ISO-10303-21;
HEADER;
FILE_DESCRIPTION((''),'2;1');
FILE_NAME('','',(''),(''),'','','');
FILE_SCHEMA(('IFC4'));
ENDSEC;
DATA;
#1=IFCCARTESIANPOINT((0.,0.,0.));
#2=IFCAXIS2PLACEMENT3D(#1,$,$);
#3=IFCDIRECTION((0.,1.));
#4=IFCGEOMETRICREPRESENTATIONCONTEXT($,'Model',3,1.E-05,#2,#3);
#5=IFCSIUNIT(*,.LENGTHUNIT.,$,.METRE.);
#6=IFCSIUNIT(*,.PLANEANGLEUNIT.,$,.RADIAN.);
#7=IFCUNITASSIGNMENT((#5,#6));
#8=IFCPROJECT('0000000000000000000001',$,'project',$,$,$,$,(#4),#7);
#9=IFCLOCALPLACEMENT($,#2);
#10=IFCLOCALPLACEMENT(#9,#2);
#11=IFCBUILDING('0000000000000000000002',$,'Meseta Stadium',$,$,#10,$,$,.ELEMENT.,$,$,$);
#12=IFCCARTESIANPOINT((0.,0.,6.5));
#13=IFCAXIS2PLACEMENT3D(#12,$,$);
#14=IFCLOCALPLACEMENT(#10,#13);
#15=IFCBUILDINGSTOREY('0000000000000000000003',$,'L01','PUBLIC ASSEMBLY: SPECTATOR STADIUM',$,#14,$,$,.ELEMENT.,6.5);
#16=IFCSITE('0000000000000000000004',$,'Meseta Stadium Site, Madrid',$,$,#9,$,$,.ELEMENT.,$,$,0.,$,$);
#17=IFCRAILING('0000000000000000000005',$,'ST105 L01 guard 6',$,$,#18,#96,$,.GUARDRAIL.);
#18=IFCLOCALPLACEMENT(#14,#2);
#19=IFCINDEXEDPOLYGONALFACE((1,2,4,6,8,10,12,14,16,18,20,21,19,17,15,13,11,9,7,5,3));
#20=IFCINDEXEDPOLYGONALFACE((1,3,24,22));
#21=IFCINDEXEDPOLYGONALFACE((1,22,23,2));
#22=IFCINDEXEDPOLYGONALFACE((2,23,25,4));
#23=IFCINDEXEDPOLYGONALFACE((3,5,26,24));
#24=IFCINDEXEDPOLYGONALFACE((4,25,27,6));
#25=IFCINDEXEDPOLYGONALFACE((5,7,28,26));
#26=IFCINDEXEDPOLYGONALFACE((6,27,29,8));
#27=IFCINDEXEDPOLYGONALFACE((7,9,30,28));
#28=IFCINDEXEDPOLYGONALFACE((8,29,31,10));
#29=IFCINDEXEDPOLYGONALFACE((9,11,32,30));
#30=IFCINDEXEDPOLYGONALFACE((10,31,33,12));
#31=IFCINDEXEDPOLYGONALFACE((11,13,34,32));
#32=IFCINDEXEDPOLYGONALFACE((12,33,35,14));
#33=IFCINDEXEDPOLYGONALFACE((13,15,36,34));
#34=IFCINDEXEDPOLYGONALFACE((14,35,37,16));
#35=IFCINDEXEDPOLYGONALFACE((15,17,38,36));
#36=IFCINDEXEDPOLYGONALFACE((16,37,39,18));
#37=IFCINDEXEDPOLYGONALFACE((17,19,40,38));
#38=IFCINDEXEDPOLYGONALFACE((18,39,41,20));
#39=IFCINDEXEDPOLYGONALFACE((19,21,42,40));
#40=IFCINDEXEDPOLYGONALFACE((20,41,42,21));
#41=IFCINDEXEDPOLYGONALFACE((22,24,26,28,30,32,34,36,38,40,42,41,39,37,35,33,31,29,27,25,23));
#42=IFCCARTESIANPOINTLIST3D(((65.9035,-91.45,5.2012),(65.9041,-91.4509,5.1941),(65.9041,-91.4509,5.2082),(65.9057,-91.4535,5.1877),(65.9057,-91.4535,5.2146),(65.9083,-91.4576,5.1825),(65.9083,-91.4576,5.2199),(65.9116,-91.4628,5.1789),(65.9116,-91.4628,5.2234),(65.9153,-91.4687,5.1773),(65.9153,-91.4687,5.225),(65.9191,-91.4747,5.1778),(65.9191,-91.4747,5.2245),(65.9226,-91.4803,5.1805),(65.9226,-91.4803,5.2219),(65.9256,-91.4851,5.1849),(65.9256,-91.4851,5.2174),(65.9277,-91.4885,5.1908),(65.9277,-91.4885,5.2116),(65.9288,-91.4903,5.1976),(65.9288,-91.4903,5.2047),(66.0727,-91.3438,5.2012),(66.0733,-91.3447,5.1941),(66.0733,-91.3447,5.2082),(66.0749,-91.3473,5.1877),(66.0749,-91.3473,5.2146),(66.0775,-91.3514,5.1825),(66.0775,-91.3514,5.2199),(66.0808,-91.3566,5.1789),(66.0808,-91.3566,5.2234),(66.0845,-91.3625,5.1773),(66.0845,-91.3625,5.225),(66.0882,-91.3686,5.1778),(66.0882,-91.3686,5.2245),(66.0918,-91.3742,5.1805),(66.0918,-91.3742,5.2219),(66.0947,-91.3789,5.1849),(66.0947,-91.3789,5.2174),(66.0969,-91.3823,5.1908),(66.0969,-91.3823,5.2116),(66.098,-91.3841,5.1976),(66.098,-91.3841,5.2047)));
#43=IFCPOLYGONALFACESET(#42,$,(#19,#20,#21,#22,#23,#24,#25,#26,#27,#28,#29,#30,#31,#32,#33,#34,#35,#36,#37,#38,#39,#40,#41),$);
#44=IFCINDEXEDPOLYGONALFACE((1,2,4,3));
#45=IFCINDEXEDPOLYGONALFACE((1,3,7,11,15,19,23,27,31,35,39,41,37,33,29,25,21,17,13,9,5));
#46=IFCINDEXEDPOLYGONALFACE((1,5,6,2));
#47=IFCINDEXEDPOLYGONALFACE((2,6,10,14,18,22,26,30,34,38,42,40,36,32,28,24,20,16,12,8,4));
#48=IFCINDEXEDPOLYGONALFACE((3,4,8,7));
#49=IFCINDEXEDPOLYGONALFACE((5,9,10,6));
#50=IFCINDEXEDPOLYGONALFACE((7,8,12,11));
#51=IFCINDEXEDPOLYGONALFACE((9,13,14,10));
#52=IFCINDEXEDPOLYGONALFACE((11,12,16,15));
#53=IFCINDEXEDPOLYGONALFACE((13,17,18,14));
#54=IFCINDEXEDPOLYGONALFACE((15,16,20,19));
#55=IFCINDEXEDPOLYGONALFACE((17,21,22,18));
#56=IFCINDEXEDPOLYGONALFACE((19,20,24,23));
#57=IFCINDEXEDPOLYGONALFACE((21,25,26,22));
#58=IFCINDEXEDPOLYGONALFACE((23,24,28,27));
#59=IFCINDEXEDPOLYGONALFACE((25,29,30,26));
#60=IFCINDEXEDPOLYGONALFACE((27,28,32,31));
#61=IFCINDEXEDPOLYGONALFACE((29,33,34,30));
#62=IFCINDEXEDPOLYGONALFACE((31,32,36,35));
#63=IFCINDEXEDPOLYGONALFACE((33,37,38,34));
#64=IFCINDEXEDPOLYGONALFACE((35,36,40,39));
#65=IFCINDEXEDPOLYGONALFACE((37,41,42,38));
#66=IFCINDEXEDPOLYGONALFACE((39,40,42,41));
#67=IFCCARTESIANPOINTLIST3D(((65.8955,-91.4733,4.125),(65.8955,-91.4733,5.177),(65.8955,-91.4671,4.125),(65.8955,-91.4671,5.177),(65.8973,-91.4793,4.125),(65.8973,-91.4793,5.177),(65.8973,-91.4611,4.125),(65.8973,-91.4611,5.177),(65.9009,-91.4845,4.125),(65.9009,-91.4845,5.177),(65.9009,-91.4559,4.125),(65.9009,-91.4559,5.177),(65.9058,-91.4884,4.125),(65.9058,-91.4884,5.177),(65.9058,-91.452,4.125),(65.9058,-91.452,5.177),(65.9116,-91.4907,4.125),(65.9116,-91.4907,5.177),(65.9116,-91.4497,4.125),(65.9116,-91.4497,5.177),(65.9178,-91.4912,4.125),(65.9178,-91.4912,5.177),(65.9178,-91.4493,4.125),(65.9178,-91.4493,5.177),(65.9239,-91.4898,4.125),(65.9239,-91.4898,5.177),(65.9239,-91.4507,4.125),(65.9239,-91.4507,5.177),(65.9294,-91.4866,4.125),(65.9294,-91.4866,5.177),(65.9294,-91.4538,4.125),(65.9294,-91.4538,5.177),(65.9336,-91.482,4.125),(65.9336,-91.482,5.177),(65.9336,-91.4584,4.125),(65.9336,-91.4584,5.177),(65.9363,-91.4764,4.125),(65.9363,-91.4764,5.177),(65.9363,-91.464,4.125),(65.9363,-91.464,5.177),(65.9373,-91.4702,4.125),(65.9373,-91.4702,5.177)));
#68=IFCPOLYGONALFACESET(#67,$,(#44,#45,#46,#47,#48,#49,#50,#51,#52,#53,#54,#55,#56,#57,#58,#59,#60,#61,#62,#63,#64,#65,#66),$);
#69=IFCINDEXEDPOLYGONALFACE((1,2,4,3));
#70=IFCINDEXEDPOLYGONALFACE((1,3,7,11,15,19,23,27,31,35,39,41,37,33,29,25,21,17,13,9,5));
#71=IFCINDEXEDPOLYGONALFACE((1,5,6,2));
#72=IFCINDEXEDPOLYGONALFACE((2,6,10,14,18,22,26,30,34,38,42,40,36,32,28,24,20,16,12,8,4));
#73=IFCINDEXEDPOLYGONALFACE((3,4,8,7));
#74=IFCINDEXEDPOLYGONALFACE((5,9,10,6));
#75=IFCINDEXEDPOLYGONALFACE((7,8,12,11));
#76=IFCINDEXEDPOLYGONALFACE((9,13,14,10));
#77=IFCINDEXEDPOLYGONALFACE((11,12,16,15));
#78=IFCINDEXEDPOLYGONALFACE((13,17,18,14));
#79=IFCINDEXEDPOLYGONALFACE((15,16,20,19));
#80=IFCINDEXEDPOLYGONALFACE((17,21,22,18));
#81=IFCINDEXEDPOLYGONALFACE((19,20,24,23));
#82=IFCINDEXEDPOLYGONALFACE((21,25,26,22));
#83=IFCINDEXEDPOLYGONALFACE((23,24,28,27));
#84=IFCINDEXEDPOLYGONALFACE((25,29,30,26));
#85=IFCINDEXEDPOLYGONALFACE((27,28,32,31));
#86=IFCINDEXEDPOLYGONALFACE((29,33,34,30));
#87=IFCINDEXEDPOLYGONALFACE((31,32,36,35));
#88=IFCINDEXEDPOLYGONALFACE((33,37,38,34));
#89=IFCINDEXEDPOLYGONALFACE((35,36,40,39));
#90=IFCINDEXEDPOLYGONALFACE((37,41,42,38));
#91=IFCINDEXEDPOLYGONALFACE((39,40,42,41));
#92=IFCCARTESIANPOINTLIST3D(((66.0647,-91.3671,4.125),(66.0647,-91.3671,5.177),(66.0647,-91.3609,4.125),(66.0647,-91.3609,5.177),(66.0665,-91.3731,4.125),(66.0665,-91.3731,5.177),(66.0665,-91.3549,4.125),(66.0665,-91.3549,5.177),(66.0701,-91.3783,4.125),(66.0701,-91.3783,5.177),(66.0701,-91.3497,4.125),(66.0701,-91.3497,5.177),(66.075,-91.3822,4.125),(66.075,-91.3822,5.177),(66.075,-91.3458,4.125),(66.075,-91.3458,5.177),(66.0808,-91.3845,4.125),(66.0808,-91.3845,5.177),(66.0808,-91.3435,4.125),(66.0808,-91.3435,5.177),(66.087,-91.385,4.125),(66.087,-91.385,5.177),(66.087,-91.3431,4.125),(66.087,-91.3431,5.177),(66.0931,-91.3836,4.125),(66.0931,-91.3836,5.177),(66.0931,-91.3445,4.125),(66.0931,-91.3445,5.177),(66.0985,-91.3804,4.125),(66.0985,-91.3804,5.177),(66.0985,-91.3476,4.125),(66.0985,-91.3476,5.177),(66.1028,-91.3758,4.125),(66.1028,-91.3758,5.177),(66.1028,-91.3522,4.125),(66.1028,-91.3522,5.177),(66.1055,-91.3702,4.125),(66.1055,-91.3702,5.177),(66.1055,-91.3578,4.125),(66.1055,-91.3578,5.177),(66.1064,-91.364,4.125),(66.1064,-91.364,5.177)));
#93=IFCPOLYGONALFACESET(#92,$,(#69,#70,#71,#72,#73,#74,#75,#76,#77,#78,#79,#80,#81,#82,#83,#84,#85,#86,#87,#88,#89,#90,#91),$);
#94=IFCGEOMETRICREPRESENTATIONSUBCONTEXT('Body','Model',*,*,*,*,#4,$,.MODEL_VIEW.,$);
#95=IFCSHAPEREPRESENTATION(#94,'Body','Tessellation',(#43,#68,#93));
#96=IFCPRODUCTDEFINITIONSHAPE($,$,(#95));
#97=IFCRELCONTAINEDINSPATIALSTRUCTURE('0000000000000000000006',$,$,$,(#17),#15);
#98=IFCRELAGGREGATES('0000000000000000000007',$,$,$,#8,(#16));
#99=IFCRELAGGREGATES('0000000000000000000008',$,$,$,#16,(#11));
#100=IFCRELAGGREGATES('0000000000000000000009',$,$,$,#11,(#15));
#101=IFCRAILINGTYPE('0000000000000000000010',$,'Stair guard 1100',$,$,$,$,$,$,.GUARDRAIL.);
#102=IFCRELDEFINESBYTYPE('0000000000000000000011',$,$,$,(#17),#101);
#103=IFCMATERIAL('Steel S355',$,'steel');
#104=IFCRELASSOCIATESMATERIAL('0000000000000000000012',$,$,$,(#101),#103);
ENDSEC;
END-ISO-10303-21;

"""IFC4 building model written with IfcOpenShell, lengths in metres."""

from ifc_helpers import new_model, si_unit, direction, frame, origin, origin_2d, place, context, subcontext, project, spatial, circle, extrude, material, type_object, element, save


model = new_model("IFC4")

# Units and contexts
model_context = context("Model", 3, precision=1e-05, world=origin(), true_north=direction((0.0, 1.0)))
body_context = subcontext(model_context, "Body", "Model", "MODEL_VIEW")
ifc_project = project(units=[si_unit("LENGTHUNIT", "METRE"), si_unit("PLANEANGLEUNIT", "RADIAN")], contexts=[model_context])

# Site, building, storey
site_placement = place(None, origin())
site = spatial("IfcSite", under=ifc_project, at=site_placement, Name="Meseta Stadium Site, Madrid", CompositionType="ELEMENT", RefElevation=0.0)
building_placement = place(site_placement, origin())
building = spatial("IfcBuilding", under=site, at=building_placement, Name="Meseta Stadium", CompositionType="ELEMENT")
storey_placement = place(building_placement, frame((0.0, 0.0, 6.5)))
storey = spatial("IfcBuildingStorey", under=building, at=storey_placement, Name="L01", Description="PUBLIC ASSEMBLY: SPECTATOR STADIUM", CompositionType="ELEMENT", Elevation=6.5)

# Railing
ifc_material_1 = material(Name="Steel S355", Category="steel")
railing_type_1 = type_object("IfcRailingType", Name="Stair guard 1100", PredefinedType="GUARDRAIL", material=ifc_material_1)
railing_1_placement = place(storey_placement, frame((65.9163, -91.4702, 4.125)))
element("IfcRailing", 1, at=railing_1_placement, inside=storey, type_object=railing_type_1, Name="ST105 L01 guard 6", PredefinedType="GUARDRAIL", context=body_context, shape_type="SweptSolid", body=[
    extrude(circle(Radius=0.0239, at=origin_2d()), frame((0.0, 0.0, 1.0762), z_axis=(0.846967, 0.531646, 0.0), x_axis=(-0.531646, 0.846967, 0.0)), (0.0, 0.0, 1.0), 0.1997),
    extrude(circle(Radius=0.021, at=origin_2d()), origin(), (0.0, 0.0, 1.0), 1.052),
    extrude(circle(Radius=0.021, at=origin_2d()), frame((0.1692, 0.1062, 0.0)), (0.0, 0.0, 1.0), 1.052),
])

save(model, "model.ifc")
